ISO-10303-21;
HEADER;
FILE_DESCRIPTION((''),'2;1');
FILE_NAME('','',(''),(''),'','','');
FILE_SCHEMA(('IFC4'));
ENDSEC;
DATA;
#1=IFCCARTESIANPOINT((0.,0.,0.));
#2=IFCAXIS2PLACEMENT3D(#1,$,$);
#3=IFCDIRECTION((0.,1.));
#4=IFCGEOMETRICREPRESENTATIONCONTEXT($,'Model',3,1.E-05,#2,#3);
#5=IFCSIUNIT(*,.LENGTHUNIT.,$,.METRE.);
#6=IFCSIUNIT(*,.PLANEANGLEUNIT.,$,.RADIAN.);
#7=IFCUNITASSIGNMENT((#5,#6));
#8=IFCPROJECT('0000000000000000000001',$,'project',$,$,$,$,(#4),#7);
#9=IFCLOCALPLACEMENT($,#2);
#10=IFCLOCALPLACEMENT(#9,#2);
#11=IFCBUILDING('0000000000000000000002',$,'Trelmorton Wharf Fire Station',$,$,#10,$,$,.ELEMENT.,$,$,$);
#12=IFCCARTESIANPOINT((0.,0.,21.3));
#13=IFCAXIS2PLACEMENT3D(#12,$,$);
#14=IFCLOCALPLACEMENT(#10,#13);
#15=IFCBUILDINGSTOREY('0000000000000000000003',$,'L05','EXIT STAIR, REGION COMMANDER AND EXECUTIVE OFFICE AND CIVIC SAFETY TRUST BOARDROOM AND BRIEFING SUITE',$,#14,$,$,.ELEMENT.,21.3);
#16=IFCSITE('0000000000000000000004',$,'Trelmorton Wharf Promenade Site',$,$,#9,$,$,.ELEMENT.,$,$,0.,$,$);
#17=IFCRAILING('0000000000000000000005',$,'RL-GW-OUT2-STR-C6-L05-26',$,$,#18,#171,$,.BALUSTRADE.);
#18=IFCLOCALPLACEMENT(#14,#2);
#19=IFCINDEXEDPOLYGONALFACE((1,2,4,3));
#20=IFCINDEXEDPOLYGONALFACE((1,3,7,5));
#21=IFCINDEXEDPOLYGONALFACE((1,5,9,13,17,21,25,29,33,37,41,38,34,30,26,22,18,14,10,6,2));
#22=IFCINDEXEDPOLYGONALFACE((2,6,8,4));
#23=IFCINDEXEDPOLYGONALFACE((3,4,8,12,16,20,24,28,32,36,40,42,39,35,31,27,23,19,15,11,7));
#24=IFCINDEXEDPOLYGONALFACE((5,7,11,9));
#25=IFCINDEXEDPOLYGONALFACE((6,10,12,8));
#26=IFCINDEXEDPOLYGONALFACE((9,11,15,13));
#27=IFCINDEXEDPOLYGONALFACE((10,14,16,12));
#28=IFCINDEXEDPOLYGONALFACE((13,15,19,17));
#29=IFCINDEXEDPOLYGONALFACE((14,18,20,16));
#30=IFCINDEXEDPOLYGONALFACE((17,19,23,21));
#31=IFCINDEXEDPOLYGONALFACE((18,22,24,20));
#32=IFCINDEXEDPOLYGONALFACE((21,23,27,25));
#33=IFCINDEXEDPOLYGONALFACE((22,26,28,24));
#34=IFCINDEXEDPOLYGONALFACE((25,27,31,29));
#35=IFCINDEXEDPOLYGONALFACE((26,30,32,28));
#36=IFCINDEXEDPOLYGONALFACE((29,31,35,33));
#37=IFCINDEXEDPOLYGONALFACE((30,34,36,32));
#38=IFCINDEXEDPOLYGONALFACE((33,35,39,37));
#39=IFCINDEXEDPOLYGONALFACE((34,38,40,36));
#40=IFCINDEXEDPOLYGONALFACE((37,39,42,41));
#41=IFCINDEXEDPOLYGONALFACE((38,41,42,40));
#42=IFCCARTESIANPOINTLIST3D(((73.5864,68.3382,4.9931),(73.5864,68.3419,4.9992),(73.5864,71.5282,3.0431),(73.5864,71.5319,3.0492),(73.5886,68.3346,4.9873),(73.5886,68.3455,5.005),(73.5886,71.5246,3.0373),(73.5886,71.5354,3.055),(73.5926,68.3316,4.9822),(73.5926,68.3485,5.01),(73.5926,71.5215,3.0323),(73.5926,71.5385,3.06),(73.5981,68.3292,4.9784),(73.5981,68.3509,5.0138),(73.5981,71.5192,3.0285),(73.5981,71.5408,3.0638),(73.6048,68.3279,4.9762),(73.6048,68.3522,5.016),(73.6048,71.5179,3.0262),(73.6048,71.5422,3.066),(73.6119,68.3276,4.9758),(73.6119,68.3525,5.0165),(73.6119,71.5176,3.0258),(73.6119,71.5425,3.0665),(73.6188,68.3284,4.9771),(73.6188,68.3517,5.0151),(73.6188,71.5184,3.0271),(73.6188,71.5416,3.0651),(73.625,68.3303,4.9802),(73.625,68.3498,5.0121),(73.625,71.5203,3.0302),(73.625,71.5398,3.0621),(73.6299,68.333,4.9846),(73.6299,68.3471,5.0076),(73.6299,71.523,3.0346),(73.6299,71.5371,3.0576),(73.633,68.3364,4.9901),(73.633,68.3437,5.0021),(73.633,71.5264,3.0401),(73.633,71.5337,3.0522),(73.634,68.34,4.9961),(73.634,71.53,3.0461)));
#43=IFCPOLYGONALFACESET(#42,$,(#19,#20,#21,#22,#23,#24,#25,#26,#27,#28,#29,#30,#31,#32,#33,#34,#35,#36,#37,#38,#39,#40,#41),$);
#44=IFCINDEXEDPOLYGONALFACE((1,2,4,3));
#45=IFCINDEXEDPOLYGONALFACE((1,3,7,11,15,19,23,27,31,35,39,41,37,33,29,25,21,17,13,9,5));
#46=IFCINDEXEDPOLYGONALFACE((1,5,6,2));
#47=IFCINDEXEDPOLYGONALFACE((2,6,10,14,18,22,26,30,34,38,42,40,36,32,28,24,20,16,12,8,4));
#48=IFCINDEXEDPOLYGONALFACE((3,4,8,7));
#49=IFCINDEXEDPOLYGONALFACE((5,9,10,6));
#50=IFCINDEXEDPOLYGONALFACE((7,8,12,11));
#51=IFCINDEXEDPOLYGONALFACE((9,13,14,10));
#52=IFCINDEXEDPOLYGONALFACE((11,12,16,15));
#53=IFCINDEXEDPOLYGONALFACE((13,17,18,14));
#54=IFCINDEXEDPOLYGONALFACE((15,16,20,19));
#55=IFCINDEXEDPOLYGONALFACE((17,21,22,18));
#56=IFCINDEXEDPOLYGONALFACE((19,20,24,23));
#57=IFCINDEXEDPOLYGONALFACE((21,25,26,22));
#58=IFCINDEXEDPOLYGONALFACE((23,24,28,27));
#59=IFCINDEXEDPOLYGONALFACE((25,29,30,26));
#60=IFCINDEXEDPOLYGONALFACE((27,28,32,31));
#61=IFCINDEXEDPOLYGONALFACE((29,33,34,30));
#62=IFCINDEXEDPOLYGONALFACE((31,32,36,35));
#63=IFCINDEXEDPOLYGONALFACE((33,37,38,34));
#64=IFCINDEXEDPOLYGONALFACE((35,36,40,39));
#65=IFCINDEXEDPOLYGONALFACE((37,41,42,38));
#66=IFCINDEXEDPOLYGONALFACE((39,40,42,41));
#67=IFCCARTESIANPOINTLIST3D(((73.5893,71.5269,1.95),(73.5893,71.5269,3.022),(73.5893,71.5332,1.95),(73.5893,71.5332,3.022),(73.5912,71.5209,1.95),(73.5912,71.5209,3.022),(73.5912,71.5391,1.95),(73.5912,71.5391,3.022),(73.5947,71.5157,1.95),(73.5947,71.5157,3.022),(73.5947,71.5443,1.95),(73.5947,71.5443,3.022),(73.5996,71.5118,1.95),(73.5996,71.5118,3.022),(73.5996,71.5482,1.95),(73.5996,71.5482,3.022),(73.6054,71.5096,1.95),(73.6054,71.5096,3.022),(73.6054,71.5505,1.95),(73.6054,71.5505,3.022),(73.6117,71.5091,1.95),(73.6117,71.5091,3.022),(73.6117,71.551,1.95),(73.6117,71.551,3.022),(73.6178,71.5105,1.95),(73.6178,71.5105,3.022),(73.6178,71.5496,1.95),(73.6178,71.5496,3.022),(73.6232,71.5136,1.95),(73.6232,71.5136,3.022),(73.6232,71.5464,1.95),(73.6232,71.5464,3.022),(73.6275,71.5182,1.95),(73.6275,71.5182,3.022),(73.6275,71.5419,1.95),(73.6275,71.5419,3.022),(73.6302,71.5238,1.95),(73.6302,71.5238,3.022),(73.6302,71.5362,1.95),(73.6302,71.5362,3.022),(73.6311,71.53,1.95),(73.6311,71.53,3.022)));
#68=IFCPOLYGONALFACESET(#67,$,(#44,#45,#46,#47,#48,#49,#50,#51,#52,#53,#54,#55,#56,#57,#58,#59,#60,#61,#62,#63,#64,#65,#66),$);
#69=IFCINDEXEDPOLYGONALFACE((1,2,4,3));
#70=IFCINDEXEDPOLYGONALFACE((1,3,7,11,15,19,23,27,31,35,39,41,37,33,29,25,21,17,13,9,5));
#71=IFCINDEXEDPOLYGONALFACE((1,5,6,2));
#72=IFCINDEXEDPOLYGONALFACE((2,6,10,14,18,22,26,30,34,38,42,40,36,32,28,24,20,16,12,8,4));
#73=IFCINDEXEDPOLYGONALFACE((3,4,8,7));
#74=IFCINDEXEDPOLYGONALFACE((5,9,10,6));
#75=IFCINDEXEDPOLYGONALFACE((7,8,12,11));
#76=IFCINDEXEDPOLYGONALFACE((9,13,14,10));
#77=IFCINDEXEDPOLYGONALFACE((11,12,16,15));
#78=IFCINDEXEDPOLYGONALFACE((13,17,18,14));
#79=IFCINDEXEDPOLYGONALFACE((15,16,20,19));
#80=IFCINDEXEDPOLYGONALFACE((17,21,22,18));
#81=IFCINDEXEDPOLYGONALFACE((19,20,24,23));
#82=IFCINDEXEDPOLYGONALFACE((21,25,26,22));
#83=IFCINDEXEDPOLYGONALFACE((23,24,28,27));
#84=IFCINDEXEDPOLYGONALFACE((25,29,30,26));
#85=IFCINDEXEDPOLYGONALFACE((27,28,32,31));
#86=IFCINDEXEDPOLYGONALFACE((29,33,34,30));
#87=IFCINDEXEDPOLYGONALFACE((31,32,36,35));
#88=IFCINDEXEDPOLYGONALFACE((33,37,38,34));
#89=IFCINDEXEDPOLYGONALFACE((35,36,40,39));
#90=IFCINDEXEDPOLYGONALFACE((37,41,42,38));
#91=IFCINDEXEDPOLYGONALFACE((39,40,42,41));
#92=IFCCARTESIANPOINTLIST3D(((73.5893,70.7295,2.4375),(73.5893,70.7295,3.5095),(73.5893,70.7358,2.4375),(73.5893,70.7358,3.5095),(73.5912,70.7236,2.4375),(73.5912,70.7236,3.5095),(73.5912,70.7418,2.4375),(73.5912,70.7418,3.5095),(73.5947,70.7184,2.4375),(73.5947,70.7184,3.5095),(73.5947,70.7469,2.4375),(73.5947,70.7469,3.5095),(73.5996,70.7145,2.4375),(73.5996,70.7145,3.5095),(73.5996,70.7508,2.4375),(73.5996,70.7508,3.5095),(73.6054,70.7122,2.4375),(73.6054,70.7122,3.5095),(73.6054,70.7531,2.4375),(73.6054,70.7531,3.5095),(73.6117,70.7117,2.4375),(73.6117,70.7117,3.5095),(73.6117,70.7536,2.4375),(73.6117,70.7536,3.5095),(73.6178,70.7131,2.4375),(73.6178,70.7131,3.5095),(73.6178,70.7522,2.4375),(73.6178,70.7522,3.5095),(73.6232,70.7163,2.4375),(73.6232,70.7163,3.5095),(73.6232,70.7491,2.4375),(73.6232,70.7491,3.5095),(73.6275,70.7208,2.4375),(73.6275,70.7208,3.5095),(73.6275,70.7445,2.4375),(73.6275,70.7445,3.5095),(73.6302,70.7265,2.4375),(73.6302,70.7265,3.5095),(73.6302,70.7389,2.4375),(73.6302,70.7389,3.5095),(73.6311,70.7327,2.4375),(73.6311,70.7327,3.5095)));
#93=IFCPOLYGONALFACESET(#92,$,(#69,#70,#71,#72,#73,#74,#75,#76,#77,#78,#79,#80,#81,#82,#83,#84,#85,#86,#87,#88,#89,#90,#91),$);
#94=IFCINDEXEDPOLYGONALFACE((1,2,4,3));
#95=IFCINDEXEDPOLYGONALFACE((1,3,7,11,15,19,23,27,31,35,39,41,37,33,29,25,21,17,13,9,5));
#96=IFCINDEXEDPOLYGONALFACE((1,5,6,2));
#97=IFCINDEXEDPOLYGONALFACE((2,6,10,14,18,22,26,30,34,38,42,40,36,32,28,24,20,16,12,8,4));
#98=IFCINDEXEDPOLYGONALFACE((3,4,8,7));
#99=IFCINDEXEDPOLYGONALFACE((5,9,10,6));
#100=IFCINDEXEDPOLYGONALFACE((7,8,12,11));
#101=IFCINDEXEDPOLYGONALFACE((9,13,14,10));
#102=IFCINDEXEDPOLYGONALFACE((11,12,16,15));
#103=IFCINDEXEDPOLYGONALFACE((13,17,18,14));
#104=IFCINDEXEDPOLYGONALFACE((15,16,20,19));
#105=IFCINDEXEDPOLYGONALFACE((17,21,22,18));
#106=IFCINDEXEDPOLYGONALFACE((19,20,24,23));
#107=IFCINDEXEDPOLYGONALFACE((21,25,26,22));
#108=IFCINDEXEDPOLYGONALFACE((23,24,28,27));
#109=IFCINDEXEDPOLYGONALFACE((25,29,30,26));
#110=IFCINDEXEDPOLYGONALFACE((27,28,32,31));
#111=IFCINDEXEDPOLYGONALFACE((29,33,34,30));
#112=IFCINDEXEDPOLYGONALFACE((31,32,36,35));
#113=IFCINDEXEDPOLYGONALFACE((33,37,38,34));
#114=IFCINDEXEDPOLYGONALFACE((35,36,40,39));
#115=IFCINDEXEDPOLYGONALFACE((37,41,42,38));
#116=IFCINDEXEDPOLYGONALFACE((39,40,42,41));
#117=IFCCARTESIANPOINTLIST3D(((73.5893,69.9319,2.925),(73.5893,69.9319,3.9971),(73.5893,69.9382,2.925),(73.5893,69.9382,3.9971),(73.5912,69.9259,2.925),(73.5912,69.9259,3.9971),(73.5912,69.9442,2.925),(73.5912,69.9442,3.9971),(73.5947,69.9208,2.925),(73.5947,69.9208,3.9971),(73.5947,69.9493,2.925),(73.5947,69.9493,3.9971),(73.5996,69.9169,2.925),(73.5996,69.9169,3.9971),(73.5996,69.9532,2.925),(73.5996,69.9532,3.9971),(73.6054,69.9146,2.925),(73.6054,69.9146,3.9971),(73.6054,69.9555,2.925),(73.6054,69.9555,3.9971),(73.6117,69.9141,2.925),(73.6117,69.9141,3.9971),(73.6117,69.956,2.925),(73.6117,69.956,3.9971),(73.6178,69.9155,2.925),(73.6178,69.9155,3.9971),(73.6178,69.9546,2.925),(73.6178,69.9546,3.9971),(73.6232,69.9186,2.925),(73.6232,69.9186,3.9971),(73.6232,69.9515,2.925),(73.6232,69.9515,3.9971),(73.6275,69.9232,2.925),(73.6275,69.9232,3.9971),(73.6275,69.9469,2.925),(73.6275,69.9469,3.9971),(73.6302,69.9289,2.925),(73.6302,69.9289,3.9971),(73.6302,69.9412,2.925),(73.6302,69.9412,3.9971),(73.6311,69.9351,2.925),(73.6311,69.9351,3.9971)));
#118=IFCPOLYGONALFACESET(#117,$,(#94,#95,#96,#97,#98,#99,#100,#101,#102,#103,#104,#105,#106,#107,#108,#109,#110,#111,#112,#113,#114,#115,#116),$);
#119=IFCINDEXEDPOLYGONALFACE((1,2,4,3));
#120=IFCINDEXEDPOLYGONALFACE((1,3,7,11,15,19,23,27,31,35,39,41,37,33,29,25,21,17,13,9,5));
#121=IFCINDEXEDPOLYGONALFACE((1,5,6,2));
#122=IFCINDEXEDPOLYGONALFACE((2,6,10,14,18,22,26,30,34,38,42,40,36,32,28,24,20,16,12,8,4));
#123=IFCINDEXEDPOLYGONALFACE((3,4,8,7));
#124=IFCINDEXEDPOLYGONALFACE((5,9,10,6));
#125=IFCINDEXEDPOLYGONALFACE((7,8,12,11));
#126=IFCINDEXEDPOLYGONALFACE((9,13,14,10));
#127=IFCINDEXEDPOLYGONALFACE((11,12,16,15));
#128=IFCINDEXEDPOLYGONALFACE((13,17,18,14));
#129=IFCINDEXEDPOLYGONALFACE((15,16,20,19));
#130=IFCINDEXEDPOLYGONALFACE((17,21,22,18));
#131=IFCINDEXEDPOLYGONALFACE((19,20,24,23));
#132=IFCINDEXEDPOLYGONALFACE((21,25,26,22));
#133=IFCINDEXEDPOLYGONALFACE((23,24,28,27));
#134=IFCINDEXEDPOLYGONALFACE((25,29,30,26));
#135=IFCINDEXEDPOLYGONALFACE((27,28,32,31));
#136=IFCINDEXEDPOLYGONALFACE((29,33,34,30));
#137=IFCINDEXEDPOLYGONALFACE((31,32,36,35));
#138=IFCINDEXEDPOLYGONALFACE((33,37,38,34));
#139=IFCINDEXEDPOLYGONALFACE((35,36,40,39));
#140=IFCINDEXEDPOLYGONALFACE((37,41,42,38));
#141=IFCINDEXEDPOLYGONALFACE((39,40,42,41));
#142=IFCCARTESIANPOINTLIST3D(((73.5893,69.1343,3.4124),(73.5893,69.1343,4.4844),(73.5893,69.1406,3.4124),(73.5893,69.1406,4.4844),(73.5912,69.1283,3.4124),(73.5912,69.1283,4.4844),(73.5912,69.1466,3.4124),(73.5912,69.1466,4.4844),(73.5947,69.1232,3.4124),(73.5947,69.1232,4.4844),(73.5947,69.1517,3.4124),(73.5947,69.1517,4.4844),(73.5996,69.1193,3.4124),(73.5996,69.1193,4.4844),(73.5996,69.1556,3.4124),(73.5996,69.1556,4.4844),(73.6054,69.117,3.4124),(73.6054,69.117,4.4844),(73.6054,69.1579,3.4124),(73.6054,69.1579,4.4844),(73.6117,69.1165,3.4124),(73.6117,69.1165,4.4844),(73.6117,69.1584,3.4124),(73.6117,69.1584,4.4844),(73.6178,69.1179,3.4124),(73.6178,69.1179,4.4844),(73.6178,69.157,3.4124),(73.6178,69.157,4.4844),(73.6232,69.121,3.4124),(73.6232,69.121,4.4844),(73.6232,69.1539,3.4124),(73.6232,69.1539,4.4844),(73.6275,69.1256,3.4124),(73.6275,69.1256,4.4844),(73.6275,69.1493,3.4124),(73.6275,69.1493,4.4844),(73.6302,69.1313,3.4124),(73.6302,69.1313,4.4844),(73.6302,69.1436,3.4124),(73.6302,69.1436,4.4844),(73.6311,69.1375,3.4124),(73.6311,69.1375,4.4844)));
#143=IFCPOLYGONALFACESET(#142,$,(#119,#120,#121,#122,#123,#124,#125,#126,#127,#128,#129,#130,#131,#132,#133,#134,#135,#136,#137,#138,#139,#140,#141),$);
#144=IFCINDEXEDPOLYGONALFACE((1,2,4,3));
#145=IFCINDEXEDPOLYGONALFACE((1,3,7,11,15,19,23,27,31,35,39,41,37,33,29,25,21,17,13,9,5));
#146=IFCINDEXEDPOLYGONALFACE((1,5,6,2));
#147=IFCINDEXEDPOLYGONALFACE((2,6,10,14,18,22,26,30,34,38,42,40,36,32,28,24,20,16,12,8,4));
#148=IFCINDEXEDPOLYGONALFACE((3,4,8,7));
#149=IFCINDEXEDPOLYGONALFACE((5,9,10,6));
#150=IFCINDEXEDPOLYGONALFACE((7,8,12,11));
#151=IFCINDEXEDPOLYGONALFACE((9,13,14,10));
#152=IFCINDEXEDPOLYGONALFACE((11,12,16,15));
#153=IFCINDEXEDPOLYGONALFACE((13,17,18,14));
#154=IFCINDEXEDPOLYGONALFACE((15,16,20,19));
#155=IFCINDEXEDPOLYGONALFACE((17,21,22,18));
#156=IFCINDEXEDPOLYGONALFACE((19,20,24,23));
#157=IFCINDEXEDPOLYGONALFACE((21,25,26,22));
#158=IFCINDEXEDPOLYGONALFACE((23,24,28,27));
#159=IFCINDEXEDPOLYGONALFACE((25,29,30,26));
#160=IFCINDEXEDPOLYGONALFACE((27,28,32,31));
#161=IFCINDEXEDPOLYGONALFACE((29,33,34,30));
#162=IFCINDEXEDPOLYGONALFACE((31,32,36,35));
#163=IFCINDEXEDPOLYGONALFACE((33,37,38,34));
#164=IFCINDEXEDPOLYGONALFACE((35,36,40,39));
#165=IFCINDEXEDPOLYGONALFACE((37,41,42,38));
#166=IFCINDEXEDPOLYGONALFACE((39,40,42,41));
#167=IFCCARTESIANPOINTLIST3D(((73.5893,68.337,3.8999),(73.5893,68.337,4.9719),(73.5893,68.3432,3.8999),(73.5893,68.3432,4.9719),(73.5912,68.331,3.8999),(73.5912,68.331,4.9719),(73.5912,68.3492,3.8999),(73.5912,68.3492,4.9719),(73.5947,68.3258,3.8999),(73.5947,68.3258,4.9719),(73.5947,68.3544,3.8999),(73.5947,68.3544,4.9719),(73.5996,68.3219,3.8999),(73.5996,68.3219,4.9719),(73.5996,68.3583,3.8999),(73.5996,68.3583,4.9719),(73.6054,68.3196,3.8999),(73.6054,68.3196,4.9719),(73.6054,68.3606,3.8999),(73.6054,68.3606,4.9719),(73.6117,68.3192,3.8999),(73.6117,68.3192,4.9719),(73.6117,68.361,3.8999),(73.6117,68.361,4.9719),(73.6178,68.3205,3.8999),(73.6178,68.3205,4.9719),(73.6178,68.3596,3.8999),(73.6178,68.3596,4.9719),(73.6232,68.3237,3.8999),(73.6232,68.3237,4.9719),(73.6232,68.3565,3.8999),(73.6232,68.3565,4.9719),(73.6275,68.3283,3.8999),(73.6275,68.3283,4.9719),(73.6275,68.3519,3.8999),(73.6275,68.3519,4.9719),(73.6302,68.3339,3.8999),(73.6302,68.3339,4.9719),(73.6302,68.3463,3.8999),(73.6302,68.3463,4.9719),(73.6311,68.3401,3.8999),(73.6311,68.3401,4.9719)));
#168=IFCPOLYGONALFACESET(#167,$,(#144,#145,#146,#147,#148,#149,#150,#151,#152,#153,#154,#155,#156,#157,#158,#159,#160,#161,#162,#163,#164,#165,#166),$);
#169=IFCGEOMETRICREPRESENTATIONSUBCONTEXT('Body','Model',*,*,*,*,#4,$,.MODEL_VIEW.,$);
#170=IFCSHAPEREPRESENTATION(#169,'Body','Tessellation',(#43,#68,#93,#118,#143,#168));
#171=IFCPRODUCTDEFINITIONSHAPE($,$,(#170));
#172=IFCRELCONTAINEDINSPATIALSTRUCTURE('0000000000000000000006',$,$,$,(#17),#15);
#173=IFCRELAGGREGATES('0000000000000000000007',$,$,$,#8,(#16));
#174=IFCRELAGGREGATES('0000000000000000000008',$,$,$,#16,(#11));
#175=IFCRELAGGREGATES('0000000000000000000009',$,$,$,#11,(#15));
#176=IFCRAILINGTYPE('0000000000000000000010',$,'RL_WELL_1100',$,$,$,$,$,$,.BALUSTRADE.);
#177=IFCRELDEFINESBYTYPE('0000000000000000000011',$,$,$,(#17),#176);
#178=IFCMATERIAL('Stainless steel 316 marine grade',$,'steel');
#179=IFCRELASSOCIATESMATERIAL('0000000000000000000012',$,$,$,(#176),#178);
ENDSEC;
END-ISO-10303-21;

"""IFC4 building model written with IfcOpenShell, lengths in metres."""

from ifc_helpers import new_model, si_unit, direction, frame, origin, origin_2d, place, context, subcontext, project, spatial, circle, extrude, material, type_object, element, save


model = new_model("IFC4")

# Units and contexts
model_context = context("Model", 3, precision=1e-05, world=origin(), true_north=direction((0.0, 1.0)))
body_context = subcontext(model_context, "Body", "Model", "MODEL_VIEW")
ifc_project = project(units=[si_unit("LENGTHUNIT", "METRE"), si_unit("PLANEANGLEUNIT", "RADIAN")], contexts=[model_context])

# Site, building, storey
site_placement = place(None, origin())
site = spatial("IfcSite", under=ifc_project, at=site_placement, Name="Trelmorton Wharf Promenade Site", CompositionType="ELEMENT", RefElevation=0.0)
building_placement = place(site_placement, origin())
building = spatial("IfcBuilding", under=site, at=building_placement, Name="Trelmorton Wharf Fire Station", CompositionType="ELEMENT")
storey_placement = place(building_placement, frame((0.0, 0.0, 21.3)))
storey = spatial("IfcBuildingStorey", under=building, at=storey_placement, Name="L05", Description="EXIT STAIR, REGION COMMANDER AND EXECUTIVE OFFICE AND CIVIC SAFETY TRUST BOARDROOM AND BRIEFING SUITE", CompositionType="ELEMENT", Elevation=21.3)

# Shared definitions
ifc_material_1 = material(Name="Stainless steel 316 marine grade", Category="steel")

# Railing
railing_type_1 = type_object("IfcRailingType", Name="RL_WELL_1100", PredefinedType="BALUSTRADE", material=ifc_material_1)
railing_1_placement = place(storey_placement, frame((73.6101, 71.53, 1.95)))
element("IfcRailing", 1, at=railing_1_placement, inside=storey, type_object=railing_type_1, Name="RL-GW-OUT2-STR-C6-L05-26", PredefinedType="BALUSTRADE", context=body_context, shape_type="SweptSolid", body=[
    extrude(circle(Radius=0.0239, at=origin_2d()), frame((0.0, 0.0, 1.0962), z_axis=(0.0, -0.853217, 0.521556), x_axis=(1.0, 0.0, 0.0)), (0.0, 0.0, 1.0), 3.7388),
    extrude(circle(Radius=0.021, at=origin_2d()), origin(), (0.0, 0.0, 1.0), 1.072),
    extrude(circle(Radius=0.021, at=origin_2d()), frame((0.0, -0.7974, 0.4875)), (0.0, 0.0, 1.0), 1.072),
    extrude(circle(Radius=0.021, at=origin_2d()), frame((0.0, -1.595, 0.9751)), (0.0, 0.0, 1.0), 1.072),
    extrude(circle(Radius=0.021, at=origin_2d()), frame((0.0, -2.3926, 1.4624)), (0.0, 0.0, 1.0), 1.072),
    extrude(circle(Radius=0.021, at=origin_2d()), frame((0.0, -3.1899, 1.95)), (0.0, 0.0, 1.0), 1.072),
])

save(model, "model.ifc")
